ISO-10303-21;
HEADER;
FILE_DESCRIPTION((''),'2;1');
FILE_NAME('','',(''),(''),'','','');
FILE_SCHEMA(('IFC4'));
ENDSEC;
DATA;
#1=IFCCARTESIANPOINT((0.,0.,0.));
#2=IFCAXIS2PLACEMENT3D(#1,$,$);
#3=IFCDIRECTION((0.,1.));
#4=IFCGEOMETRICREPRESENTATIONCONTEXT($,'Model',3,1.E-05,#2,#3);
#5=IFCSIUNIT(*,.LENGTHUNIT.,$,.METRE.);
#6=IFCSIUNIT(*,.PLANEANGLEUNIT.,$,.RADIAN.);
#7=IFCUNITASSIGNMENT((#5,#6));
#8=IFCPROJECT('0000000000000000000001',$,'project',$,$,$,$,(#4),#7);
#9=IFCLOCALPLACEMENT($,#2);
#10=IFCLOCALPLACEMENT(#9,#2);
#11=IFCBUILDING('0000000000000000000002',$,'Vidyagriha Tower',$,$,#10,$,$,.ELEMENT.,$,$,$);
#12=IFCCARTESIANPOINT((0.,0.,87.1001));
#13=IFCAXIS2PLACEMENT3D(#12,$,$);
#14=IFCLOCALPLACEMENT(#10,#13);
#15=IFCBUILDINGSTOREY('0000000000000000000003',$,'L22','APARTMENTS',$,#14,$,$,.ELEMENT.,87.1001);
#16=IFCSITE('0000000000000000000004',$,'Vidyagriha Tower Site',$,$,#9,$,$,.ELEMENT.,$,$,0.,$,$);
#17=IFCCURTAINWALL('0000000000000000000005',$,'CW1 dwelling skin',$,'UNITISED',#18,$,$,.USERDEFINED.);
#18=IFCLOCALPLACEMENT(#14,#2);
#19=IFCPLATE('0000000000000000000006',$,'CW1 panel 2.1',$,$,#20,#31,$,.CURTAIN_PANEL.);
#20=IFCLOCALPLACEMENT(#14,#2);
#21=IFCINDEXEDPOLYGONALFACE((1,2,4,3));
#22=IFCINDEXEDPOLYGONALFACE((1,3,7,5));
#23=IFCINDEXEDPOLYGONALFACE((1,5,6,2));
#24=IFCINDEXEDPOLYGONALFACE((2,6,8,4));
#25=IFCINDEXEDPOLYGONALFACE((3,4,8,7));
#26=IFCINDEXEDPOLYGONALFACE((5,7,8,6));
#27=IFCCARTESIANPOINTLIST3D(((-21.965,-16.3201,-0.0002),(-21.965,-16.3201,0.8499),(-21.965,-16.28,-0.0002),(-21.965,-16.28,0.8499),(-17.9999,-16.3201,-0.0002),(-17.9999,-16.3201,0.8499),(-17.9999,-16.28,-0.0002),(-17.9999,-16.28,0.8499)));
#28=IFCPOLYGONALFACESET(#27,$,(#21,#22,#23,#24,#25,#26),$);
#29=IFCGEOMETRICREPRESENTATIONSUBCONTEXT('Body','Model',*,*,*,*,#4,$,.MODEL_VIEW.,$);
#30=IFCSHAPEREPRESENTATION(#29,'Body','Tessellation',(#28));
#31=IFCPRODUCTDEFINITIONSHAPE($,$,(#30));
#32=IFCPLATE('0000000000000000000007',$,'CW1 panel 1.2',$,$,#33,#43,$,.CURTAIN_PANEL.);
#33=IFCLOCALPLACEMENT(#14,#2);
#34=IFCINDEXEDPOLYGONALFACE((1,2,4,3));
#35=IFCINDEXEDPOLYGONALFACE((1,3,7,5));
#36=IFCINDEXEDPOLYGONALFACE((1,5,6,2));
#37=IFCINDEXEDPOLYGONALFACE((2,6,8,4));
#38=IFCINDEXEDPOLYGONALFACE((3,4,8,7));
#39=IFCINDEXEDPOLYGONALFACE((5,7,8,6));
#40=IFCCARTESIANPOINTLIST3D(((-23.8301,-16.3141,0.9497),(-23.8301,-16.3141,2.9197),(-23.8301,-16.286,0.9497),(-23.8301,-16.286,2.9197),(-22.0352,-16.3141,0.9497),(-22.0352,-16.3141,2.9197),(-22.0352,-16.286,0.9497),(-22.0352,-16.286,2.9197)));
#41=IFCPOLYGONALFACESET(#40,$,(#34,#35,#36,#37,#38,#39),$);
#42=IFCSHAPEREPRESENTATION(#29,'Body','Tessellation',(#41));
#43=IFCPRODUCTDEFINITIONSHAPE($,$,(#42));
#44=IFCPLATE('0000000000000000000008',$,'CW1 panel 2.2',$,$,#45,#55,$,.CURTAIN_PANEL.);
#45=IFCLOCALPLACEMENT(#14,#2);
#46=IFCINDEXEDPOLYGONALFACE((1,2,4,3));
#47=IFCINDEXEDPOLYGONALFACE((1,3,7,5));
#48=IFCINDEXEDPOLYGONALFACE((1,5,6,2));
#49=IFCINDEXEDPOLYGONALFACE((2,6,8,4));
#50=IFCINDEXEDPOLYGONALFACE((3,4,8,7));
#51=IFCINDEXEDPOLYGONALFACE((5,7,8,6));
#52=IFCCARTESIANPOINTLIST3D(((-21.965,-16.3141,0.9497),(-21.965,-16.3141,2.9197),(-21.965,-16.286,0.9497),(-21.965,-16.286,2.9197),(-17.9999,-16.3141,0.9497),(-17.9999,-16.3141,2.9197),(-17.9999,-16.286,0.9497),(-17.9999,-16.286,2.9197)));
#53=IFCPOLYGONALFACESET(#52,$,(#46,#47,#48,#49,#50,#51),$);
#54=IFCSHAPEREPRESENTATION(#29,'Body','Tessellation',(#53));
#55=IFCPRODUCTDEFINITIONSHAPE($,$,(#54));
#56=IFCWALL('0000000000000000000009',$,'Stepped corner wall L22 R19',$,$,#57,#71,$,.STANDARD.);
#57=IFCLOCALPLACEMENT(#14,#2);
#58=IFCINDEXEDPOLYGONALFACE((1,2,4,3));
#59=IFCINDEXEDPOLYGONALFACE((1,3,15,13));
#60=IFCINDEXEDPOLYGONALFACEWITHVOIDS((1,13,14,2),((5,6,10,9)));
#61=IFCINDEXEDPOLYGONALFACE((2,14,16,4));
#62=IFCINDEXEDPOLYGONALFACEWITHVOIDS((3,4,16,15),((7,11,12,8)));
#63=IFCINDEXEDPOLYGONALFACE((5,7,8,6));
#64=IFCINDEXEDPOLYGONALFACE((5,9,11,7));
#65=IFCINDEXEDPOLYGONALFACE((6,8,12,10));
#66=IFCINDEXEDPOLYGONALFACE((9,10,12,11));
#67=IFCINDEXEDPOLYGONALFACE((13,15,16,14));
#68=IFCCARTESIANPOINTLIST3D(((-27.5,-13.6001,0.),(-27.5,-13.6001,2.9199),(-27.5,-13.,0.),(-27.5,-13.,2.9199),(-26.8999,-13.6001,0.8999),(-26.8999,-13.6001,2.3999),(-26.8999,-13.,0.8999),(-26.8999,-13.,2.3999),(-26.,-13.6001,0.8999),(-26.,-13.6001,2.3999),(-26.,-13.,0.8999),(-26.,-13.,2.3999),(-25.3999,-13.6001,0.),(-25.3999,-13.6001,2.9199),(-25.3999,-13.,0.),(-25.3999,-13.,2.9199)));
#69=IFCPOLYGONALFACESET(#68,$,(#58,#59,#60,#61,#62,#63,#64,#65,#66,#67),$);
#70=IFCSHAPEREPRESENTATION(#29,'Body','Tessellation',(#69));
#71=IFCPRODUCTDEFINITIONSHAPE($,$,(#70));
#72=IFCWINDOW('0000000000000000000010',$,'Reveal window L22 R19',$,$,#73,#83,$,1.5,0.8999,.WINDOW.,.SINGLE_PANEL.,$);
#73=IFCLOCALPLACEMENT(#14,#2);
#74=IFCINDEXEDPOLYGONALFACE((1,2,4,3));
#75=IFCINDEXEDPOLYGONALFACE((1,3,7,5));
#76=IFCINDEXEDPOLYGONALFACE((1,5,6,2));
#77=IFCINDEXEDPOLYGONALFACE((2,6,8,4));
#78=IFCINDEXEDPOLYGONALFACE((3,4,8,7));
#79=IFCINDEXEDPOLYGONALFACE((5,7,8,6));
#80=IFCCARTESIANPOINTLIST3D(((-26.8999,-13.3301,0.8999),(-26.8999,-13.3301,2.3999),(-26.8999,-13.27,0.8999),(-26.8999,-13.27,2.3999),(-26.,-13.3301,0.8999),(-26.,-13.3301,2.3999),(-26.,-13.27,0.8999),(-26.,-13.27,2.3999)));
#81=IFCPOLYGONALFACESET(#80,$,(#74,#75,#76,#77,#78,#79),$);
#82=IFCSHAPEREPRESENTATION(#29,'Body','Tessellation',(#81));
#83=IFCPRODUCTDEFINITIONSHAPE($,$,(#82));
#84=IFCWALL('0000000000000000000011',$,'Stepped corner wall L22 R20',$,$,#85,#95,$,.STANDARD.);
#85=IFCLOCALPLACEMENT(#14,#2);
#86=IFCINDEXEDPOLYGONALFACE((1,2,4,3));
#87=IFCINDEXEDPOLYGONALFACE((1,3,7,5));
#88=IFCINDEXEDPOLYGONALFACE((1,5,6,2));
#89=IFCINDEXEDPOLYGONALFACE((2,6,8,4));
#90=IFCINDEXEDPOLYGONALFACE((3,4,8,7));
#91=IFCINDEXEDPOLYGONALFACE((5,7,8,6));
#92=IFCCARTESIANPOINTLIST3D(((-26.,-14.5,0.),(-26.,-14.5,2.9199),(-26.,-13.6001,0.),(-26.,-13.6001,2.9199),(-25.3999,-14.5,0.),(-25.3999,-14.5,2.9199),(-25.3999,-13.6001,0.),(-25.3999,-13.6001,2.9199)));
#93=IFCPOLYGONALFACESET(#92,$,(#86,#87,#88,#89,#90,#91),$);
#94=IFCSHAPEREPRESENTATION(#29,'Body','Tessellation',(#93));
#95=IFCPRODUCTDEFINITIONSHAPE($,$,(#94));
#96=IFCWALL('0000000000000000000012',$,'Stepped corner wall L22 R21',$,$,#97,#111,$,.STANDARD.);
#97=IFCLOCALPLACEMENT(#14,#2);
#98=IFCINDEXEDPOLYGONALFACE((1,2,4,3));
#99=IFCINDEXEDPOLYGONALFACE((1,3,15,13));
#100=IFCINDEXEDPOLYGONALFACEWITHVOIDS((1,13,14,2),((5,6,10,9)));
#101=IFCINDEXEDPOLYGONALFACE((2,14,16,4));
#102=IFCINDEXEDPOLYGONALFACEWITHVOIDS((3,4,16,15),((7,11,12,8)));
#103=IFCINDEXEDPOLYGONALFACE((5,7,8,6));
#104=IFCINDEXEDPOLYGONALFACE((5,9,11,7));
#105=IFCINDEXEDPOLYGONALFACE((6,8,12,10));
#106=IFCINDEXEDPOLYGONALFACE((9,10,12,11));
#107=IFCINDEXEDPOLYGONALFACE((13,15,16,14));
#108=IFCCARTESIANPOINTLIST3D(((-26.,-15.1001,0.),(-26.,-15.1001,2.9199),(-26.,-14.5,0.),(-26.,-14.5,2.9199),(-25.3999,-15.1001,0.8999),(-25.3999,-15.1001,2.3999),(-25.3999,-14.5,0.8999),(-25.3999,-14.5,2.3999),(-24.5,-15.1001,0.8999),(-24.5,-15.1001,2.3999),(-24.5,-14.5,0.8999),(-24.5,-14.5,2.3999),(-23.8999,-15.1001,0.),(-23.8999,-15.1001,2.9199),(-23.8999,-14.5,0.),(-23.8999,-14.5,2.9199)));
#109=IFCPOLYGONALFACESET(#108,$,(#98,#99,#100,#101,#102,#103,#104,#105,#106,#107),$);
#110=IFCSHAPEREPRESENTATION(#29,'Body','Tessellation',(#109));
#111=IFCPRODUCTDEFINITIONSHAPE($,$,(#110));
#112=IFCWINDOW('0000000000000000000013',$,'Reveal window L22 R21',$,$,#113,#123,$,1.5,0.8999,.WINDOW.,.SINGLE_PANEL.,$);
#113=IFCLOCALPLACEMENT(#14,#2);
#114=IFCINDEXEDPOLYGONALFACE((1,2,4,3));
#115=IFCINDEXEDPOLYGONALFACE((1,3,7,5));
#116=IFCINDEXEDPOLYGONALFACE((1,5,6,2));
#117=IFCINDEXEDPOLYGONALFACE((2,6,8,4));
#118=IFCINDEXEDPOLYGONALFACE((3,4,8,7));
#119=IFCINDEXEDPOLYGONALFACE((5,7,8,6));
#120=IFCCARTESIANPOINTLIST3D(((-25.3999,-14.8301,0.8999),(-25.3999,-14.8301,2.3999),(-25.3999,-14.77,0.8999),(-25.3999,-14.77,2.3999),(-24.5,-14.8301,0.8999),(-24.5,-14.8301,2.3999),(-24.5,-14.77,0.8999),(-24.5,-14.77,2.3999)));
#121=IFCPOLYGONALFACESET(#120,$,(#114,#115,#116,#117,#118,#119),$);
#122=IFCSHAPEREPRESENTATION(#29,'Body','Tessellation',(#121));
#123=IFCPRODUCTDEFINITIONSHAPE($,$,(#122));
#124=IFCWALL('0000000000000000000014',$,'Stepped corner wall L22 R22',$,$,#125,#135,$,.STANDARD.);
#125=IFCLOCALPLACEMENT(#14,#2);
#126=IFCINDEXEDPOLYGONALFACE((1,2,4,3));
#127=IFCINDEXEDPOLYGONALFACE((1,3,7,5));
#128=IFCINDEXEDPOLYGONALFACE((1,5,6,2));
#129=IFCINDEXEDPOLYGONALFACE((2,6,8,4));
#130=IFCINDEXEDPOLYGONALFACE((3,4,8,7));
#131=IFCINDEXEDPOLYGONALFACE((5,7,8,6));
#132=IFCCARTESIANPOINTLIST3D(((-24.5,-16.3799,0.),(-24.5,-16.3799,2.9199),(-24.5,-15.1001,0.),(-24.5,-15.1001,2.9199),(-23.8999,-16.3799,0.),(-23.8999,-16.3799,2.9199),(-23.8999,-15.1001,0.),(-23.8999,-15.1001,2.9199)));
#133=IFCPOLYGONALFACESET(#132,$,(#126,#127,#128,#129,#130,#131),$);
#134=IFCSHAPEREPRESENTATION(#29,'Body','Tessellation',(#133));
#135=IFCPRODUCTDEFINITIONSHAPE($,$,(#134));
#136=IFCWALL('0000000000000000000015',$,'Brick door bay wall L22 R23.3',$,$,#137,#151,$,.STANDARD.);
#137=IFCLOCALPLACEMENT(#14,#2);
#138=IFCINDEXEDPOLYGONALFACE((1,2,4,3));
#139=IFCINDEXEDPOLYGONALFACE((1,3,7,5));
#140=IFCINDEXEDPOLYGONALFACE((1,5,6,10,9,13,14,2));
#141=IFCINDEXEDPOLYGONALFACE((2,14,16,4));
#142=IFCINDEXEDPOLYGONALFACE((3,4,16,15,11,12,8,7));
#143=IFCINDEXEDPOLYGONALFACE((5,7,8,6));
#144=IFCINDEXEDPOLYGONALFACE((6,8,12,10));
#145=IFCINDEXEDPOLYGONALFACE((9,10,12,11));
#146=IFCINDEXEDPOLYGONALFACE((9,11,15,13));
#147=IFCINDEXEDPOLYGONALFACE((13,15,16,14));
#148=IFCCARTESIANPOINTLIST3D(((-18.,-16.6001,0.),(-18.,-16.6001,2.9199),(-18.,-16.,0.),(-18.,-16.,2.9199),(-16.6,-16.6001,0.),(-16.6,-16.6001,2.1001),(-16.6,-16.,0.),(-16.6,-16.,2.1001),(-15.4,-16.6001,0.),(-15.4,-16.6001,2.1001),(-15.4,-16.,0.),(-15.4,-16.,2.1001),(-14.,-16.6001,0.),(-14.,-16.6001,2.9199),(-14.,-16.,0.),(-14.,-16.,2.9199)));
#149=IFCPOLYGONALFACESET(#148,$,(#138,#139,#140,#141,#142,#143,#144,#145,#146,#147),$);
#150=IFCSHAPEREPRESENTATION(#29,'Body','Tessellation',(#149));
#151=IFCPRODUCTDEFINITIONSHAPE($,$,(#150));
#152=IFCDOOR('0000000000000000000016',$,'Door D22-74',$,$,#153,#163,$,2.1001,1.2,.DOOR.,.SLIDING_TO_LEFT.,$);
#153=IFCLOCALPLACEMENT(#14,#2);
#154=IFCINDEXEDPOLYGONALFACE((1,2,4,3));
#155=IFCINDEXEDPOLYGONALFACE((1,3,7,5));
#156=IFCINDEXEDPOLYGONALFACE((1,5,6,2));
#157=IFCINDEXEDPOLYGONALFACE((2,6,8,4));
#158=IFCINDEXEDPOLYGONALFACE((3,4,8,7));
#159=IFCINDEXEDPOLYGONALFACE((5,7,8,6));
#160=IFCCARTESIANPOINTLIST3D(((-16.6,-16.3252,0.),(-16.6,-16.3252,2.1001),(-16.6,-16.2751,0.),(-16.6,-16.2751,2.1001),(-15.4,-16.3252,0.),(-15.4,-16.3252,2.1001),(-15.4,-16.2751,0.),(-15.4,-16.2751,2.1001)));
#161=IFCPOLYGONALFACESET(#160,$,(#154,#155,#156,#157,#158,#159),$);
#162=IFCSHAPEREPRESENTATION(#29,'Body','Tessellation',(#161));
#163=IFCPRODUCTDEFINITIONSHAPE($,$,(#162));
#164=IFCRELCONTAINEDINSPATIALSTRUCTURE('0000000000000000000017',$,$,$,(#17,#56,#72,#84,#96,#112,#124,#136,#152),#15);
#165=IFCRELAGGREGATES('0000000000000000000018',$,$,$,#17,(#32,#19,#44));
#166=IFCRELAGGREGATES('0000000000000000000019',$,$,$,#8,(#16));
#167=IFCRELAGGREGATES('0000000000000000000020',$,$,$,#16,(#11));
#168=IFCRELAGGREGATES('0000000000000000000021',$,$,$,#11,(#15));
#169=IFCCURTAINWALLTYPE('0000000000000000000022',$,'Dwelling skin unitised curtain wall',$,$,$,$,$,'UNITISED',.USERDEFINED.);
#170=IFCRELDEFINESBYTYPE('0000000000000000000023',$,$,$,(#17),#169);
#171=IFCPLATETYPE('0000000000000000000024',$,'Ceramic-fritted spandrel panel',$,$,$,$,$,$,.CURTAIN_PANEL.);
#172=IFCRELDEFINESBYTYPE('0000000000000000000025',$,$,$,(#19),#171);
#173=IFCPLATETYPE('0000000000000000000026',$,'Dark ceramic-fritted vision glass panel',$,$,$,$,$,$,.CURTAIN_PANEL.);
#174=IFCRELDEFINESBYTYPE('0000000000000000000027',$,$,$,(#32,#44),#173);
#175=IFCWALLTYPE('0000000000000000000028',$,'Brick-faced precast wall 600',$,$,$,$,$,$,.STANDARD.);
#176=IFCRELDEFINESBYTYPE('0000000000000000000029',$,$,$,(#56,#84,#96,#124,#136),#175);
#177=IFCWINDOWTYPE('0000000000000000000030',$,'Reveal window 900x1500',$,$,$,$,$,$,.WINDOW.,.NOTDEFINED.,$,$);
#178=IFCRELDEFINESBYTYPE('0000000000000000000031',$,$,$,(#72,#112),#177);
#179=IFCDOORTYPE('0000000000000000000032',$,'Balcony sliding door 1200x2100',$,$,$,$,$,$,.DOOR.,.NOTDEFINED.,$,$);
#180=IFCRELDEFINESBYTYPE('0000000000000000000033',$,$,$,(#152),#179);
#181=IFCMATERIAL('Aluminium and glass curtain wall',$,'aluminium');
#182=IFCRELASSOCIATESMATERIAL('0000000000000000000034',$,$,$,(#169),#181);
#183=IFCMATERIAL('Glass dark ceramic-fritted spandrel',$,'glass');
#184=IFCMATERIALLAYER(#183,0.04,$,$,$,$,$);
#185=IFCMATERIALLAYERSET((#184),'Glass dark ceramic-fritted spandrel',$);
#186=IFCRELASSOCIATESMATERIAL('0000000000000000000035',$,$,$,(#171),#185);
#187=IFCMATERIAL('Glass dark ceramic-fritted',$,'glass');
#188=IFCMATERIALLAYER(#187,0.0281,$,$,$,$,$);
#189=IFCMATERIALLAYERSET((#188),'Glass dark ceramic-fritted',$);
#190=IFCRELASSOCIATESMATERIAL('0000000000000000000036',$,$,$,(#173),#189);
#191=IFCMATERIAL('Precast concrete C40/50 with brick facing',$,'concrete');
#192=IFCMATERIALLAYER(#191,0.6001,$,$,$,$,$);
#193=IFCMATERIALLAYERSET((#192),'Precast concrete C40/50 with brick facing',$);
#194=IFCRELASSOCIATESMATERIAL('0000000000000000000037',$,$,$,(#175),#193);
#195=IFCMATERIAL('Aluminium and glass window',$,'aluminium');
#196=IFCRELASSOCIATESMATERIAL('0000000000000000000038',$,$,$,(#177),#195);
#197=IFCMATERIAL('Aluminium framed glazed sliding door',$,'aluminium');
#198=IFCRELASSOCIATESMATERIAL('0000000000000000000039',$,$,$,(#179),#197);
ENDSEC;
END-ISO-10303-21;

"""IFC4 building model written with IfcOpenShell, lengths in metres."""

from ifc_helpers import new_model, si_unit, direction, frame, frame_2d, origin, origin_2d, place, context, subcontext, project, spatial, rectangle, extrude, material, layer, layer_set, type_object, element, fill, aggregate, save


model = new_model("IFC4")

# Units and contexts
model_context = context("Model", 3, precision=1e-05, world=origin(), true_north=direction((0.0, 1.0)))
body_context = subcontext(model_context, "Body", "Model", "MODEL_VIEW")
ifc_project = project(units=[si_unit("LENGTHUNIT", "METRE"), si_unit("PLANEANGLEUNIT", "RADIAN")], contexts=[model_context])

# Site, building, storey
site_placement = place(None, origin())
site = spatial("IfcSite", under=ifc_project, at=site_placement, Name="Vidyagriha Tower Site", CompositionType="ELEMENT", RefElevation=0.0)
building_placement = place(site_placement, origin())
building = spatial("IfcBuilding", under=site, at=building_placement, Name="Vidyagriha Tower", CompositionType="ELEMENT")
storey_placement = place(building_placement, frame((0.0, 0.0, 87.1001)))
storey = spatial("IfcBuildingStorey", under=building, at=storey_placement, Name="L22", Description="APARTMENTS", CompositionType="ELEMENT", Elevation=87.1001)

# Curtain wall, plates
ifc_material_1 = material(Name="Aluminium and glass curtain wall", Category="aluminium")
curtain_wall_type = type_object("IfcCurtainWallType", Name="Dwelling skin unitised curtain wall", ElementType="UNITISED", PredefinedType="USERDEFINED", material=ifc_material_1)
curtain_wall_placement = place(storey_placement, origin())
curtain_wall = element("IfcCurtainWall", 1, at=curtain_wall_placement, inside=storey, type_object=curtain_wall_type, Name="CW1 dwelling skin", ObjectType="UNITISED", PredefinedType="USERDEFINED")
ifc_material_2 = material(Name="Glass dark ceramic-fritted spandrel", Category="glass")
ifc_layer_1 = layer(ifc_material_2, 0.04)
ifc_layer_set_1 = layer_set([ifc_layer_1], Name="Glass dark ceramic-fritted spandrel")
plate_type_1 = type_object("IfcPlateType", Name="Ceramic-fritted spandrel panel", PredefinedType="CURTAIN_PANEL", material=ifc_layer_set_1)
plate_1_placement = place(storey_placement, frame((-19.9824, -16.3, -0.0002)))
plate_1 = element("IfcPlate", 2, at=plate_1_placement, type_object=plate_type_1, Name="CW1 panel 2.1", PredefinedType="CURTAIN_PANEL", context=body_context, shape_type="SweptSolid", body=[
    extrude(rectangle(XDim=3.9651, YDim=0.04, at=origin_2d()), origin(), (0.0, 0.0, 1.0), 0.8501),
])
ifc_material_3 = material(Name="Glass dark ceramic-fritted", Category="glass")
ifc_layer_2 = layer(ifc_material_3, 0.0281)
ifc_layer_set_2 = layer_set([ifc_layer_2], Name="Glass dark ceramic-fritted")
plate_type_2 = type_object("IfcPlateType", Name="Dark ceramic-fritted vision glass panel", PredefinedType="CURTAIN_PANEL", material=ifc_layer_set_2)
plate_2_placement = place(storey_placement, frame((-22.9326, -16.3, 0.9497)))
plate_2 = element("IfcPlate", 3, at=plate_2_placement, type_object=plate_type_2, Name="CW1 panel 1.2", PredefinedType="CURTAIN_PANEL", context=body_context, shape_type="SweptSolid", body=[
    extrude(rectangle(XDim=1.7949, YDim=0.0281, at=origin_2d()), origin(), (0.0, 0.0, 1.0), 1.97),
])
plate_3_placement = place(storey_placement, frame((-19.9824, -16.3, 0.9497)))
plate_3 = element("IfcPlate", 4, at=plate_3_placement, type_object=plate_type_2, Name="CW1 panel 2.2", PredefinedType="CURTAIN_PANEL", context=body_context, shape_type="SweptSolid", body=[
    extrude(rectangle(XDim=3.9651, YDim=0.0281, at=origin_2d()), origin(), (0.0, 0.0, 1.0), 1.97),
])
aggregate(curtain_wall, [plate_2, plate_1, plate_3])

# Wall, opening, window
ifc_material_4 = material(Name="Precast concrete C40/50 with brick facing", Category="concrete")
ifc_layer_3 = layer(ifc_material_4, 0.6001)
ifc_layer_set_3 = layer_set([ifc_layer_3], Name="Precast concrete C40/50 with brick facing")
wall_type = type_object("IfcWallType", Name="Brick-faced precast wall 600", PredefinedType="STANDARD", material=ifc_layer_set_3)
wall_1_placement = place(storey_placement, frame((-27.5, -13.3, 0.0)))
wall_1 = element("IfcWall", 5, at=wall_1_placement, inside=storey, type_object=wall_type, Name="Stepped corner wall L22 R19", PredefinedType="STANDARD", context=body_context, shape_type="SweptSolid", body=[
    extrude(rectangle(XDim=2.1001, YDim=0.6001, at=frame_2d((1.05, 0.0))), origin(), (0.0, 0.0, 1.0), 2.9199),
])
opening_1_placement = place(wall_1_placement, frame((0.6001, 0.0, 0.8999)))
opening_1 = element("IfcOpeningElement", 6, at=opening_1_placement, cuts=wall_1, PredefinedType="OPENING", context=body_context, shape_type="SweptSolid", body=[
    extrude(rectangle(XDim=0.8999, YDim=1.5, at=frame_2d((0.45, 0.75))), frame((0.0, 0.3101, 0.0), z_axis=(0.0, -1.0, 0.0), x_axis=(1.0, 0.0, 0.0)), (0.0, 0.0, 1.0), 0.6201),
])
ifc_material_5 = material(Name="Aluminium and glass window", Category="aluminium")
window_type = type_object("IfcWindowType", Name="Reveal window 900x1500", PartitioningType="NOTDEFINED", PredefinedType="WINDOW", material=ifc_material_5)
window_1_placement = place(opening_1_placement, origin())
window_1 = element("IfcWindow", 7, at=window_1_placement, inside=storey, type_object=window_type, Name="Reveal window L22 R19", OverallHeight=1.5, OverallWidth=0.8999, PartitioningType="SINGLE_PANEL", PredefinedType="WINDOW", context=body_context, shape_type="SweptSolid", body=[
    extrude(rectangle(XDim=0.8999, YDim=1.5, at=frame_2d((0.45, 0.75))), frame((0.0, 0.03, 0.0), z_axis=(0.0, -1.0, 0.0), x_axis=(1.0, 0.0, 0.0)), (0.0, 0.0, 1.0), 0.0601),
])
fill(opening_1, window_1)

# Wall
wall_2_placement = place(storey_placement, frame((-25.7, -13.6001, 0.0), z_axis=(0.0, 0.0, 1.0), x_axis=(0.0, -1.0, 0.0)))
element("IfcWall", 8, at=wall_2_placement, inside=storey, type_object=wall_type, Name="Stepped corner wall L22 R20", PredefinedType="STANDARD", context=body_context, shape_type="SweptSolid", body=[
    extrude(rectangle(XDim=0.8999, YDim=0.6001, at=frame_2d((0.45, 0.0))), origin(), (0.0, 0.0, 1.0), 2.9199),
])

# Wall, opening, window
wall_3_placement = place(storey_placement, frame((-26.0, -14.8, 0.0)))
wall_3 = element("IfcWall", 9, at=wall_3_placement, inside=storey, type_object=wall_type, Name="Stepped corner wall L22 R21", PredefinedType="STANDARD", context=body_context, shape_type="SweptSolid", body=[
    extrude(rectangle(XDim=2.1001, YDim=0.6001, at=frame_2d((1.05, 0.0))), origin(), (0.0, 0.0, 1.0), 2.9199),
])
opening_2_placement = place(wall_3_placement, frame((0.6001, 0.0, 0.8999)))
opening_2 = element("IfcOpeningElement", 10, at=opening_2_placement, cuts=wall_3, PredefinedType="OPENING", context=body_context, shape_type="SweptSolid", body=[
    extrude(rectangle(XDim=0.8999, YDim=1.5, at=frame_2d((0.45, 0.75))), frame((0.0, 0.3101, 0.0), z_axis=(0.0, -1.0, 0.0), x_axis=(1.0, 0.0, 0.0)), (0.0, 0.0, 1.0), 0.6201),
])
window_2_placement = place(opening_2_placement, origin())
window_2 = element("IfcWindow", 11, at=window_2_placement, inside=storey, type_object=window_type, Name="Reveal window L22 R21", OverallHeight=1.5, OverallWidth=0.8999, PartitioningType="SINGLE_PANEL", PredefinedType="WINDOW", context=body_context, shape_type="SweptSolid", body=[
    extrude(rectangle(XDim=0.8999, YDim=1.5, at=frame_2d((0.45, 0.75))), frame((0.0, 0.03, 0.0), z_axis=(0.0, -1.0, 0.0), x_axis=(1.0, 0.0, 0.0)), (0.0, 0.0, 1.0), 0.0601),
])
fill(opening_2, window_2)

# Wall
wall_4_placement = place(storey_placement, frame((-24.2, -15.1001, 0.0), z_axis=(0.0, 0.0, 1.0), x_axis=(0.0, -1.0, 0.0)))
element("IfcWall", 12, at=wall_4_placement, inside=storey, type_object=wall_type, Name="Stepped corner wall L22 R22", PredefinedType="STANDARD", context=body_context, shape_type="SweptSolid", body=[
    extrude(rectangle(XDim=1.2798, YDim=0.6001, at=frame_2d((0.6399, 0.0))), origin(), (0.0, 0.0, 1.0), 2.9199),
])

# Wall, opening, door
wall_5_placement = place(storey_placement, frame((-18.0, -16.3, 0.0)))
wall_5 = element("IfcWall", 13, at=wall_5_placement, inside=storey, type_object=wall_type, Name="Brick door bay wall L22 R23.3", PredefinedType="STANDARD", context=body_context, shape_type="SweptSolid", body=[
    extrude(rectangle(XDim=4.0, YDim=0.6001, at=frame_2d((2.0, 0.0))), origin(), (0.0, 0.0, 1.0), 2.9199),
])
opening_3_placement = place(wall_5_placement, frame((1.3999, 0.0, 0.0)))
opening_3 = element("IfcOpeningElement", 14, at=opening_3_placement, cuts=wall_5, PredefinedType="OPENING", context=body_context, shape_type="SweptSolid", body=[
    extrude(rectangle(XDim=1.2, YDim=2.1001, at=frame_2d((0.6001, 1.05))), frame((0.0, 0.3101, 0.0), z_axis=(0.0, -1.0, 0.0), x_axis=(1.0, 0.0, 0.0)), (0.0, 0.0, 1.0), 0.6201),
])
ifc_material_6 = material(Name="Aluminium framed glazed sliding door", Category="aluminium")
door_type = type_object("IfcDoorType", Name="Balcony sliding door 1200x2100", OperationType="NOTDEFINED", PredefinedType="DOOR", material=ifc_material_6)
door_placement = place(opening_3_placement, origin())
door = element("IfcDoor", 15, at=door_placement, inside=storey, type_object=door_type, Name="Door D22-74", OperationType="SLIDING_TO_LEFT", OverallHeight=2.1001, OverallWidth=1.2, PredefinedType="DOOR", context=body_context, shape_type="SweptSolid", body=[
    extrude(rectangle(XDim=1.2, YDim=2.1001, at=frame_2d((0.6001, 1.05))), frame((0.0, 0.0249, 0.0), z_axis=(0.0, -1.0, 0.0), x_axis=(1.0, 0.0, 0.0)), (0.0, 0.0, 1.0), 0.05),
])
fill(opening_3, door)

save(model, "model.ifc")
